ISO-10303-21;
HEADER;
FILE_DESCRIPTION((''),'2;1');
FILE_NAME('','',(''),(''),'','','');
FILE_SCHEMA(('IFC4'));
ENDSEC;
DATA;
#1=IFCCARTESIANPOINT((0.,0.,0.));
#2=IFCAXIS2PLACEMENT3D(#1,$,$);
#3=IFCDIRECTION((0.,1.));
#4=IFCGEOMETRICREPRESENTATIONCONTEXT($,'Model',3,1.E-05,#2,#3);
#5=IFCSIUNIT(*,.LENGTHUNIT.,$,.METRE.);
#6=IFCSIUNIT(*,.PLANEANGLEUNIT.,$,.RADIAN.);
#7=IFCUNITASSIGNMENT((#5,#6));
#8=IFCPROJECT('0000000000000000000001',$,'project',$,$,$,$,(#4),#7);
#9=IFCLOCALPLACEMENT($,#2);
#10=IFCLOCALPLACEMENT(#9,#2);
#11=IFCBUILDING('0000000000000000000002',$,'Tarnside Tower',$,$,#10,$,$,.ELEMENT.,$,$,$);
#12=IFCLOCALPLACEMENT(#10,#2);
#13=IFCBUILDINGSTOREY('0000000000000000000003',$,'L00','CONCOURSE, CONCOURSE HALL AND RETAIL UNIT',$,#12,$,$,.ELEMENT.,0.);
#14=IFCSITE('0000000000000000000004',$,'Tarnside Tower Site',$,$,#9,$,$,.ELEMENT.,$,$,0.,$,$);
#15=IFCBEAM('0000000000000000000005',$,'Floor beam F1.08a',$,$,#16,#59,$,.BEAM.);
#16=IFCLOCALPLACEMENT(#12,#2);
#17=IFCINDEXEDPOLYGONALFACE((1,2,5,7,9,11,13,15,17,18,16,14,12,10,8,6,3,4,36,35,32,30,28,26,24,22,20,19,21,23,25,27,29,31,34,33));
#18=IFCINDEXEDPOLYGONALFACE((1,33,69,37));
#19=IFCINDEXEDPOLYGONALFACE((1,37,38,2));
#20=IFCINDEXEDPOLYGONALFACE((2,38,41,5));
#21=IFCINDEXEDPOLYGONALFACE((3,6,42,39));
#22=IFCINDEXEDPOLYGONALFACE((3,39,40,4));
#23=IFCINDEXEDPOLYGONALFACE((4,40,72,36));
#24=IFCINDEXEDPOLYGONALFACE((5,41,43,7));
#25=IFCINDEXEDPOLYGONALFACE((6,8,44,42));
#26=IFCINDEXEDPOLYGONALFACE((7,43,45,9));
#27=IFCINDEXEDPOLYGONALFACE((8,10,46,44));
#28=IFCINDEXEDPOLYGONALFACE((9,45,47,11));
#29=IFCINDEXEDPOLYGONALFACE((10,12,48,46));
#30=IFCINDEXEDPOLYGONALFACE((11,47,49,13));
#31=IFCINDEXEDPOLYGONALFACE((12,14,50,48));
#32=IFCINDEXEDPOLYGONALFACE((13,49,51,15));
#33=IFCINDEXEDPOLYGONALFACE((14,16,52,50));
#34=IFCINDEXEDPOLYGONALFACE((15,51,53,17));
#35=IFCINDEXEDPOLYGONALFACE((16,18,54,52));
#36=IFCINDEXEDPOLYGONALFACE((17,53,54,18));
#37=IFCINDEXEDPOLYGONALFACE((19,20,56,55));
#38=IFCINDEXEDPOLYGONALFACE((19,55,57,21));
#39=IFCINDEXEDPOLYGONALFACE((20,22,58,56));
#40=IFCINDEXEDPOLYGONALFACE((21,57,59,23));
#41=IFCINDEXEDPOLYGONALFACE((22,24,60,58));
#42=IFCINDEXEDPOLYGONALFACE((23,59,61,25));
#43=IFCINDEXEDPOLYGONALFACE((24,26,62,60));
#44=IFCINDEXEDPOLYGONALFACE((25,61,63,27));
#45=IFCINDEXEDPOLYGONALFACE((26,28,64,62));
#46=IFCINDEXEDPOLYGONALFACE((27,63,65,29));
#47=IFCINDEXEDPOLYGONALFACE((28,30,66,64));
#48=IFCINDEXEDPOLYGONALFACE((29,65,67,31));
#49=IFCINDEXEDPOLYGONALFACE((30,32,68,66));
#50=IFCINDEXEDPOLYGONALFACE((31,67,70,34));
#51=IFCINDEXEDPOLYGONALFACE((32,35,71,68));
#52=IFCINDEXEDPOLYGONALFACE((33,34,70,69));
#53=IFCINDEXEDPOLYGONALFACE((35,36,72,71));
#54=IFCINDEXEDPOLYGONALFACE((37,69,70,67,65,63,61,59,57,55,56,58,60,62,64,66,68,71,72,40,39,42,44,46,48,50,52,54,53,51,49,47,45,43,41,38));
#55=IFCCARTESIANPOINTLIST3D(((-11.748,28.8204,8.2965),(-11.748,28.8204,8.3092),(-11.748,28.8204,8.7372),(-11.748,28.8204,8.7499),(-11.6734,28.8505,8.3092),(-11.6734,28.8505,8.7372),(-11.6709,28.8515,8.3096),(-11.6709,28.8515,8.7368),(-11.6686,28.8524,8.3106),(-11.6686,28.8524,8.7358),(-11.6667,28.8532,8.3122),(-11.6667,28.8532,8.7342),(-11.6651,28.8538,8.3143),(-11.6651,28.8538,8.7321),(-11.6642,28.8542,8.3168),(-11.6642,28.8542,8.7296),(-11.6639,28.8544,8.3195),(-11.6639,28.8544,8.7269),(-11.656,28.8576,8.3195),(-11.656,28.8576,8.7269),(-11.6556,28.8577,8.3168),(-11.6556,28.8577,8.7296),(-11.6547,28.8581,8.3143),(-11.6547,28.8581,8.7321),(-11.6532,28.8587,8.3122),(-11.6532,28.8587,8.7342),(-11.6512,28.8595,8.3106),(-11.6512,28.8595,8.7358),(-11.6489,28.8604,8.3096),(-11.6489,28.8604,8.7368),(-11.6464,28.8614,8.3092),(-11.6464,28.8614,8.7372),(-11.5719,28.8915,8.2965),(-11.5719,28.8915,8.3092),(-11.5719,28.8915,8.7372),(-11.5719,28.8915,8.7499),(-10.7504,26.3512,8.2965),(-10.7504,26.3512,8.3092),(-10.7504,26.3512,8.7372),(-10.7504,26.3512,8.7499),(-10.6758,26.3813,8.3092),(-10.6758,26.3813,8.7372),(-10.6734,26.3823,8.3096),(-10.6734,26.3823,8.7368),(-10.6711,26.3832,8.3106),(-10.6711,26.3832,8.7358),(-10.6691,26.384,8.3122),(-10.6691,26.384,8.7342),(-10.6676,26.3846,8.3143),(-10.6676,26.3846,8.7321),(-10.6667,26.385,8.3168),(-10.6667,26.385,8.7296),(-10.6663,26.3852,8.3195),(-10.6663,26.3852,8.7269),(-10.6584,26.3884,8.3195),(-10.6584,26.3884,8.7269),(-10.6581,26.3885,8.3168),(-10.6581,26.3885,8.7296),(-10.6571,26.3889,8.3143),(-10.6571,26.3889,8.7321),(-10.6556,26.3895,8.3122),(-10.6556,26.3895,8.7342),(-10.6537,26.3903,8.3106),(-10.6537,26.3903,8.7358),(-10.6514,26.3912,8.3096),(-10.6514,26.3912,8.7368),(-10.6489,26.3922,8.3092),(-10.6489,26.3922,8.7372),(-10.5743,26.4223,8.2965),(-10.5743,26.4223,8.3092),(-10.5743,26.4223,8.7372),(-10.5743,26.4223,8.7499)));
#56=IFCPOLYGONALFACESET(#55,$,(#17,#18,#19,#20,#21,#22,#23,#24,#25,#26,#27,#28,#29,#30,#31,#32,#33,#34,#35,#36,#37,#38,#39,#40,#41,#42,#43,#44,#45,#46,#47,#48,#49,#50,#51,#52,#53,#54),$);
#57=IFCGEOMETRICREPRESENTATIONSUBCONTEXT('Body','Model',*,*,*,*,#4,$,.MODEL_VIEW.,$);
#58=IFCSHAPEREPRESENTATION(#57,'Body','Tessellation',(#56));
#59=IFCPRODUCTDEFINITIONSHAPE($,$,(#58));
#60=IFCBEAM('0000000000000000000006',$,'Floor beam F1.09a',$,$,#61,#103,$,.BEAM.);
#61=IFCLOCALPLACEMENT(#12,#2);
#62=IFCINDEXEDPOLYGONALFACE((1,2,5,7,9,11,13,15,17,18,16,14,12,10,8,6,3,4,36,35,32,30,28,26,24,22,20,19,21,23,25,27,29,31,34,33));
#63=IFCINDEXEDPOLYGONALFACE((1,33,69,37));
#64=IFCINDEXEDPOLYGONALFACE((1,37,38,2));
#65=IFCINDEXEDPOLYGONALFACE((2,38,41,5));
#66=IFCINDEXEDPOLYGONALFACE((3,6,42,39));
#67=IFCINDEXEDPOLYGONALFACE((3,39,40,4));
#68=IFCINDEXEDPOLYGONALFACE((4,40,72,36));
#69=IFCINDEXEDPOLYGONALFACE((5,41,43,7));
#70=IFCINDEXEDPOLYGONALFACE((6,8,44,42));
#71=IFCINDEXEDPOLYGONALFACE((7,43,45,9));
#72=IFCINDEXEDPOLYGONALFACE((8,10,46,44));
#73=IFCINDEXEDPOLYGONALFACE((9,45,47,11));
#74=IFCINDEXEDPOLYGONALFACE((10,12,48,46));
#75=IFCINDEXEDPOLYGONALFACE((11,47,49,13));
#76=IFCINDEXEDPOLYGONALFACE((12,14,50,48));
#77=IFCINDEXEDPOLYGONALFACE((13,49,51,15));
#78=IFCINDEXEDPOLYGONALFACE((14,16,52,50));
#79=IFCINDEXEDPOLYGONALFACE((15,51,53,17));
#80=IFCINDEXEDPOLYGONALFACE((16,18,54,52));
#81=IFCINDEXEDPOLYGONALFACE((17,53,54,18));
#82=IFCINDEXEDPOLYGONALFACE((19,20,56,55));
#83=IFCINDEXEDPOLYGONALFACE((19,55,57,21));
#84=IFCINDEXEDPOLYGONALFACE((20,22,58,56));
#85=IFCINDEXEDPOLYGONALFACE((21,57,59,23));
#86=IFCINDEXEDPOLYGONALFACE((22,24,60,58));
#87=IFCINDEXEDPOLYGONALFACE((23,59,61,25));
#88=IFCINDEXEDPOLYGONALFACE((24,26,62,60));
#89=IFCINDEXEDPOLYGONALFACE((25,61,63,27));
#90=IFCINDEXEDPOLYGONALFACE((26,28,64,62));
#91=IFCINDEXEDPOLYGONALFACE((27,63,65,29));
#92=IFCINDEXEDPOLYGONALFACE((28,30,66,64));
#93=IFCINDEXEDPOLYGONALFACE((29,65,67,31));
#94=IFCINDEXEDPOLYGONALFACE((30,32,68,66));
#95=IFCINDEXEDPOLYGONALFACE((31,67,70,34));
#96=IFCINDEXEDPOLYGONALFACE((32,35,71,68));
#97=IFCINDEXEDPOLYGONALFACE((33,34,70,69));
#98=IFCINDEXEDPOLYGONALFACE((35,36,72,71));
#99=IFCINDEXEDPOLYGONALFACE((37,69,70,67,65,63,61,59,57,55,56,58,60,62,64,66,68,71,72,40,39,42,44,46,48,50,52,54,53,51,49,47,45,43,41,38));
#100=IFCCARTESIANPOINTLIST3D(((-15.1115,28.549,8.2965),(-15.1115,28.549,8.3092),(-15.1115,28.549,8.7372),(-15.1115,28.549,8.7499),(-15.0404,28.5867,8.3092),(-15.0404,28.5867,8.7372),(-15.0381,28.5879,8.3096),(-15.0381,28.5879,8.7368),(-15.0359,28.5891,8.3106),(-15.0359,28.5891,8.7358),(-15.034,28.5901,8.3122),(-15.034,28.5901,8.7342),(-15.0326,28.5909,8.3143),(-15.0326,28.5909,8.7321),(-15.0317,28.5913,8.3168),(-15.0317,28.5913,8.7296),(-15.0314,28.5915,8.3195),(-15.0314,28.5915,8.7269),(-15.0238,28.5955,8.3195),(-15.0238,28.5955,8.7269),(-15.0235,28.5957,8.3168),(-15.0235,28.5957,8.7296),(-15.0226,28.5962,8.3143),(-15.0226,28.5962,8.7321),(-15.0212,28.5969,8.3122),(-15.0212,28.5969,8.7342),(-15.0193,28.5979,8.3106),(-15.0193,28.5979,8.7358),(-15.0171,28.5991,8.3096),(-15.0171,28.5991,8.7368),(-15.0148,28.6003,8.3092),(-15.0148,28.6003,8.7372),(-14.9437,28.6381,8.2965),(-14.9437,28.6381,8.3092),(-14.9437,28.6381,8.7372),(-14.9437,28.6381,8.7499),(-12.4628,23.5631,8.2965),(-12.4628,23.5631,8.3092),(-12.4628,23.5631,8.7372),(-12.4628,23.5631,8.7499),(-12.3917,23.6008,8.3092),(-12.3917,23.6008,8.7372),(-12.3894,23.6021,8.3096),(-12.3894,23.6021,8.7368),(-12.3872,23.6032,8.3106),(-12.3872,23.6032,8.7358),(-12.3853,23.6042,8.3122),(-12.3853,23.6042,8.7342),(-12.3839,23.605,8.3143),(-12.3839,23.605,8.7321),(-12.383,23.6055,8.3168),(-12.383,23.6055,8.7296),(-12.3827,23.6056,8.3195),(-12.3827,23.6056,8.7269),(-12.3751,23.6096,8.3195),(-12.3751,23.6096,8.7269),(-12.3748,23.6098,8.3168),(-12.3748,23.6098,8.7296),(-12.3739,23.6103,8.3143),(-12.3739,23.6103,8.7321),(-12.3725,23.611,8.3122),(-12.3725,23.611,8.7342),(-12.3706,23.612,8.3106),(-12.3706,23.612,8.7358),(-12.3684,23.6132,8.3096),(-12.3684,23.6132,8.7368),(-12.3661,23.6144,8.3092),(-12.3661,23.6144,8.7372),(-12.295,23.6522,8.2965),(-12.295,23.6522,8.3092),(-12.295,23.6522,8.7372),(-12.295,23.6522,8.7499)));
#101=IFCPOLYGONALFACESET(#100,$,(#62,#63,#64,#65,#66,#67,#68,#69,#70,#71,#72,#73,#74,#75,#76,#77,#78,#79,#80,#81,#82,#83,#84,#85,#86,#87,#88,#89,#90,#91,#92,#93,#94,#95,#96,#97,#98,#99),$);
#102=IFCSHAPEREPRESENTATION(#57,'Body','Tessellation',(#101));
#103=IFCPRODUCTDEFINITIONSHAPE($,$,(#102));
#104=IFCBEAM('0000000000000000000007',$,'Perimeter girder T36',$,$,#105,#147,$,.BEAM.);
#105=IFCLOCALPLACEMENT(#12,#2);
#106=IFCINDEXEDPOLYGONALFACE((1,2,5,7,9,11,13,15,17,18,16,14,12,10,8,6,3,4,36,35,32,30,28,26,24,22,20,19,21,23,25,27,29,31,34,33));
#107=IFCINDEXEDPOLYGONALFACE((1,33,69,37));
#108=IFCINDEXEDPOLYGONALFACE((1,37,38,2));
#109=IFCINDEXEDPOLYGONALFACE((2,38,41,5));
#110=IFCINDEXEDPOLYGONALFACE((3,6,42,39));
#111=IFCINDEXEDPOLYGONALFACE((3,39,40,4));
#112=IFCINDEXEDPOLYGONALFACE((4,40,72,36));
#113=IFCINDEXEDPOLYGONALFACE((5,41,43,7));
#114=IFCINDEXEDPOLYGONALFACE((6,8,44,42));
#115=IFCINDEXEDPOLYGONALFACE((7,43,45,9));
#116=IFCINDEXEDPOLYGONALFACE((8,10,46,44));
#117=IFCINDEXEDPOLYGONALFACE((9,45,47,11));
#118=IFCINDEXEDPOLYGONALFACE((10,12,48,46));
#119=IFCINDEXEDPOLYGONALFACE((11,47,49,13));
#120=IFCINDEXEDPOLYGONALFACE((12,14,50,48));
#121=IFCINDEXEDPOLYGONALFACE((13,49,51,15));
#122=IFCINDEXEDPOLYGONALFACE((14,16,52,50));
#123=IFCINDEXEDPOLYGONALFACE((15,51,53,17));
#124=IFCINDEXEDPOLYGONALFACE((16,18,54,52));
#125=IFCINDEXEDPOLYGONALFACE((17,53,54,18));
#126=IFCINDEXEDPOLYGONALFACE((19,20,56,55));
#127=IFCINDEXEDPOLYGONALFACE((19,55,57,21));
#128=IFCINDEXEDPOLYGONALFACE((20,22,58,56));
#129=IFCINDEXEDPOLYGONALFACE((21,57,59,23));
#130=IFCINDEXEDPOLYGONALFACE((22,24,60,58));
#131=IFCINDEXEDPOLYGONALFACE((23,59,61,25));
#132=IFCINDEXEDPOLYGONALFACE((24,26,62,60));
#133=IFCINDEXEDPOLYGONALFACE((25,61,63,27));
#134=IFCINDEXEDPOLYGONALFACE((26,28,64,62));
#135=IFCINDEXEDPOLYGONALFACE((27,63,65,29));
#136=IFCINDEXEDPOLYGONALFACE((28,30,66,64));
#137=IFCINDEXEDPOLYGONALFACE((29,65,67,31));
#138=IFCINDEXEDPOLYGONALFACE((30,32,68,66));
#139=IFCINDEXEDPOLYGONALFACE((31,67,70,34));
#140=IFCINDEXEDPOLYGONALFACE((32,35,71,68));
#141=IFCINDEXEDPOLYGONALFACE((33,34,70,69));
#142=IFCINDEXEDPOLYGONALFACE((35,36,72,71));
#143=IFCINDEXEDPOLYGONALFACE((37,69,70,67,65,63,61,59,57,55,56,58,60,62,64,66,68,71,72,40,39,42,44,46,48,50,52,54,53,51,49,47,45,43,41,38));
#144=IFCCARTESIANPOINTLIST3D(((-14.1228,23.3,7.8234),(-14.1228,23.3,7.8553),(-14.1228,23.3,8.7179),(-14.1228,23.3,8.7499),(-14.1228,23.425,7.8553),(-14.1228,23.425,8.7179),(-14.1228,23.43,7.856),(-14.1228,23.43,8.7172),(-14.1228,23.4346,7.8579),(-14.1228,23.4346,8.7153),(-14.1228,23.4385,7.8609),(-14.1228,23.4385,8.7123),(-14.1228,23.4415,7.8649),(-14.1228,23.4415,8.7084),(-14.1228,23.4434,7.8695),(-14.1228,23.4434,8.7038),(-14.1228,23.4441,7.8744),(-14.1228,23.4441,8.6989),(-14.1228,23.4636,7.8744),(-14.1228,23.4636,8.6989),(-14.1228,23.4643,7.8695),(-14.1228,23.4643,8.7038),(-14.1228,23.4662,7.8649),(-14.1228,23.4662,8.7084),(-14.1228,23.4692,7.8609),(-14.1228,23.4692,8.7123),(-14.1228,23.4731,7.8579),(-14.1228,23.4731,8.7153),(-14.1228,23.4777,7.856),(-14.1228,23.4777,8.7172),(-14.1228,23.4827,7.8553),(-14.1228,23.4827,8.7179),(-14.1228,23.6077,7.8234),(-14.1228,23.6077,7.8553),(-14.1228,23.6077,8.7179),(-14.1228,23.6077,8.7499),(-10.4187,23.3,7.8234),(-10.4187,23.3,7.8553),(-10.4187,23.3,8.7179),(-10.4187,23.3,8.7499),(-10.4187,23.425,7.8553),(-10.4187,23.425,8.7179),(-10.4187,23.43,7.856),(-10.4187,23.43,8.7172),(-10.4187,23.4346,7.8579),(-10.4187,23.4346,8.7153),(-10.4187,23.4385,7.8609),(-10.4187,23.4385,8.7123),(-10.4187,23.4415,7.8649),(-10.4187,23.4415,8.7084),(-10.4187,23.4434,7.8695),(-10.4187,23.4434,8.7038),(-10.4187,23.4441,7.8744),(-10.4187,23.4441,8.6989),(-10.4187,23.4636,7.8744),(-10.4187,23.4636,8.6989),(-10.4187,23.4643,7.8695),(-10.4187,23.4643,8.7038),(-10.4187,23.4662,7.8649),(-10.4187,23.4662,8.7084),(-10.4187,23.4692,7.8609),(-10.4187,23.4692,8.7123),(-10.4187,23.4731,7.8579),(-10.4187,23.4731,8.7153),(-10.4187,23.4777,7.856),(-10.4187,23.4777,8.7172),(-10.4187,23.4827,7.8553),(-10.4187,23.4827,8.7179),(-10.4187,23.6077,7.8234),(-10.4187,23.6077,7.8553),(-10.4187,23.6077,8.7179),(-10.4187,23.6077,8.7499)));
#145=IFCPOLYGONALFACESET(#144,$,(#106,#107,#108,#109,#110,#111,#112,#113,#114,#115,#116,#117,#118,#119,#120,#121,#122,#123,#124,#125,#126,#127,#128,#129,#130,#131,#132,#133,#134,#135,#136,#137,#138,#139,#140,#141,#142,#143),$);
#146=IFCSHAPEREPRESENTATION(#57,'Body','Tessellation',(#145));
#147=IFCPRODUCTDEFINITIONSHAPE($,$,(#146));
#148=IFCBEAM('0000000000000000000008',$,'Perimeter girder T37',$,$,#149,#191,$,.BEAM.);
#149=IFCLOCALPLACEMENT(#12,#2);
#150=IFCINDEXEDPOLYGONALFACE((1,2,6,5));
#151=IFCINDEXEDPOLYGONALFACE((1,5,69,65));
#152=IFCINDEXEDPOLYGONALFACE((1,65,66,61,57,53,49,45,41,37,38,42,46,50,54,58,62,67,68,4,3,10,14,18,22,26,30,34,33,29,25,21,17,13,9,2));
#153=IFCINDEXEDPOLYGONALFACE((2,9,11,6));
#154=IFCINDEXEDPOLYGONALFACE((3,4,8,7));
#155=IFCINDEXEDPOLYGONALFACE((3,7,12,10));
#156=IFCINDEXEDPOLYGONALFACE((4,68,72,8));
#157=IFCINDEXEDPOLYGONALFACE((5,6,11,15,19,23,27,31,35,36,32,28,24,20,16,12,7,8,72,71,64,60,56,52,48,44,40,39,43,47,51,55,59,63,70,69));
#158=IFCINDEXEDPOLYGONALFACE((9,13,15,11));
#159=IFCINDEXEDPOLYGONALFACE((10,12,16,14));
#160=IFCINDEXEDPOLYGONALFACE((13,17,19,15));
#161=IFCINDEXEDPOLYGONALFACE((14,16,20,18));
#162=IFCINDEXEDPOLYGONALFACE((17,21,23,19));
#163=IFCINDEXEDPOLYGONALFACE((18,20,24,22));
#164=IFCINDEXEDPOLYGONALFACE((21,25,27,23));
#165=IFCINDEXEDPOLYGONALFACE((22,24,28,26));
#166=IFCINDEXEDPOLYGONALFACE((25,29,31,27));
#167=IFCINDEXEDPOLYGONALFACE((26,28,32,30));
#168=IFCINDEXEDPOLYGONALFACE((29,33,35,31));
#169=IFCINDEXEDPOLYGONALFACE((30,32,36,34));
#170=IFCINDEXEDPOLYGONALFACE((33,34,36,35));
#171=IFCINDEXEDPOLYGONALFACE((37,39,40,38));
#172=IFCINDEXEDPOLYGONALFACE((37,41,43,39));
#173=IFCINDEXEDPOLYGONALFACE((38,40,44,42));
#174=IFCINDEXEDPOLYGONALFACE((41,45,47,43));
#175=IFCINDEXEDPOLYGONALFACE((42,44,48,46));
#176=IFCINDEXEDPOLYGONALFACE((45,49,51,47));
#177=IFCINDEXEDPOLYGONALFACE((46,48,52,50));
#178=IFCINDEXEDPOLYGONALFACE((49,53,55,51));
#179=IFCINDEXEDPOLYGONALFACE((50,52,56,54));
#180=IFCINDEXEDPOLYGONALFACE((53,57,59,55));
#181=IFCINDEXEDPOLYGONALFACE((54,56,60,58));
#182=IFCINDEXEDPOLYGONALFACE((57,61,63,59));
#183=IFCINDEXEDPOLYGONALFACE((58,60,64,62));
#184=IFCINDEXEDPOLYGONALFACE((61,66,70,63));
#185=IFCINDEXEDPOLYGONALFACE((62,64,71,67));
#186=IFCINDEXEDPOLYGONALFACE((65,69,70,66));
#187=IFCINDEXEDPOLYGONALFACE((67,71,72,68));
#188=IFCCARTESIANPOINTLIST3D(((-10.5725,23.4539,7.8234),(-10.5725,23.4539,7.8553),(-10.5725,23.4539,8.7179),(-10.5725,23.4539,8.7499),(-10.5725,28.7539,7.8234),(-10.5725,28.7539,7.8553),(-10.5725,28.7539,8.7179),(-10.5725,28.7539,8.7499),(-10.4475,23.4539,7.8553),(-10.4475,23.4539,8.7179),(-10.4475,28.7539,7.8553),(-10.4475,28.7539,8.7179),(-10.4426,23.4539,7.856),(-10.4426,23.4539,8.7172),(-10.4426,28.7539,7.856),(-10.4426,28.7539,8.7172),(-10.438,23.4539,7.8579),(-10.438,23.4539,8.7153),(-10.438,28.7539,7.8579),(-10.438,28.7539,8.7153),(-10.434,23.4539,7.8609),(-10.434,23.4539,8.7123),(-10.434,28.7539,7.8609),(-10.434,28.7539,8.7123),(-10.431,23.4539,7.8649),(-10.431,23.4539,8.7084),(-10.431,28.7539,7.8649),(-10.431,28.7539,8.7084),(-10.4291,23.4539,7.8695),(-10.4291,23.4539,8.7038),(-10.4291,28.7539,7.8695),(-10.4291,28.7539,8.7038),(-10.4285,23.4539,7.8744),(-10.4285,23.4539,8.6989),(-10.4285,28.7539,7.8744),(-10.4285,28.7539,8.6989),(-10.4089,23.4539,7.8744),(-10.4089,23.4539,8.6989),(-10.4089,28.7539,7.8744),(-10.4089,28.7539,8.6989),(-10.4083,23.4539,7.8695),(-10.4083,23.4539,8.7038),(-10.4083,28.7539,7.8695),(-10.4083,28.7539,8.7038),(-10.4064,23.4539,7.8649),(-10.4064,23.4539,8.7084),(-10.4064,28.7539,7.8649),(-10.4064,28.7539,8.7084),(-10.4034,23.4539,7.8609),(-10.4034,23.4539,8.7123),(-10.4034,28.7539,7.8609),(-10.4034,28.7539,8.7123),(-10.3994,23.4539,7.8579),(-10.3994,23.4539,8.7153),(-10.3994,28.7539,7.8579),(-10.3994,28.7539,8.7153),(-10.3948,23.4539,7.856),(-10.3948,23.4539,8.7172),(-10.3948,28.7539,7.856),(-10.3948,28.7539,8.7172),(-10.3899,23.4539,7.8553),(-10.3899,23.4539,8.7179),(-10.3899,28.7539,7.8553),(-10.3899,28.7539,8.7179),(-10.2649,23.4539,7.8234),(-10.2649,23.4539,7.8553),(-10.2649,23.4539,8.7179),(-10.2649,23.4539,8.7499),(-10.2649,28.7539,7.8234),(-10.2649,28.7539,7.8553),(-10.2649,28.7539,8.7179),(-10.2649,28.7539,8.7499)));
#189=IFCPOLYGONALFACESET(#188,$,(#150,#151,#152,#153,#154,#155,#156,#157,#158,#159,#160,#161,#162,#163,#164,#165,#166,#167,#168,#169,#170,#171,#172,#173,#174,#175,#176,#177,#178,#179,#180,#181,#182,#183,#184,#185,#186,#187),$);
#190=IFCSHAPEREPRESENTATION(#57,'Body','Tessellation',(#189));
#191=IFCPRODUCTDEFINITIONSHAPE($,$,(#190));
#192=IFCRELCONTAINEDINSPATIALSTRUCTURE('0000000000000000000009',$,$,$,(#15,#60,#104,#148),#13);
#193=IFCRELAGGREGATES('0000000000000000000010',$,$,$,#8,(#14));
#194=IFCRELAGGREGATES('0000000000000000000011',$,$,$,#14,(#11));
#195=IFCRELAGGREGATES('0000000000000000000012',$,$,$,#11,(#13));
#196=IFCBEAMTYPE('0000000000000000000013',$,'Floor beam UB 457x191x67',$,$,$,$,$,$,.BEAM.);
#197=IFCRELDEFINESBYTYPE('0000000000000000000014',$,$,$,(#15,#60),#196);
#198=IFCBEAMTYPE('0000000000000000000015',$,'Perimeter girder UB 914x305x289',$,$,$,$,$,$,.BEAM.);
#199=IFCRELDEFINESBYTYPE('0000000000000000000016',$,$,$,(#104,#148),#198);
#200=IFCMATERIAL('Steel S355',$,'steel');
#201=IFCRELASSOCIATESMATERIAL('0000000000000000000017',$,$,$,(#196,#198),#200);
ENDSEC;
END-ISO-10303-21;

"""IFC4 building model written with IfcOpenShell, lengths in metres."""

from ifc_helpers import new_model, si_unit, direction, frame, origin, origin_2d, place, context, subcontext, project, spatial, i_section, extrude, material, material_profile, profile_set, type_object, element, save


model = new_model("IFC4")

# Units and contexts
model_context = context("Model", 3, precision=1e-05, world=origin(), true_north=direction((0.0, 1.0)))
body_context = subcontext(model_context, "Body", "Model", "MODEL_VIEW")
ifc_project = project(units=[si_unit("LENGTHUNIT", "METRE"), si_unit("PLANEANGLEUNIT", "RADIAN")], contexts=[model_context])

# Site, building, storey
site_placement = place(None, origin())
site = spatial("IfcSite", under=ifc_project, at=site_placement, Name="Tarnside Tower Site", CompositionType="ELEMENT", RefElevation=0.0)
building_placement = place(site_placement, origin())
building = spatial("IfcBuilding", under=site, at=building_placement, Name="Tarnside Tower", CompositionType="ELEMENT")
storey_placement = place(building_placement, origin())
storey = spatial("IfcBuildingStorey", under=building, at=storey_placement, Name="L00", Description="CONCOURSE, CONCOURSE HALL AND RETAIL UNIT", CompositionType="ELEMENT", Elevation=0.0)

# Beams
ifc_material_1 = material(Name="Steel S355", Category="steel")
ifc_material_profile_1 = material_profile(ifc_material_1, i_section(OverallWidth=0.1899, OverallDepth=0.4534, WebThickness=0.0085, FlangeThickness=0.0127, FilletRadius=0.0103, at=origin_2d()), Name="UB 457x191x67")
ifc_profile_set_1 = profile_set([ifc_material_profile_1], Name="Steel S355")
beam_type_1 = type_object("IfcBeamType", Name="Floor beam UB 457x191x67", PredefinedType="BEAM", material=ifc_profile_set_1)
beam_1_placement = place(storey_placement, frame((-11.6599, 28.856, 8.5232), z_axis=(0.374581, -0.927194, 0.0), x_axis=(0.927194, 0.374581, 0.0)))
element("IfcBeam", 1, at=beam_1_placement, inside=storey, type_object=beam_type_1, Name="Floor beam F1.08a", PredefinedType="BEAM", context=body_context, shape_type="SweptSolid", body=[
    extrude(i_section(OverallWidth=0.1899, OverallDepth=0.4534, WebThickness=0.0085, FlangeThickness=0.0127, FilletRadius=0.0103, at=origin_2d()), origin(), (0.0, 0.0, 1.0), 2.6631),
])
beam_2_placement = place(storey_placement, frame((-15.0276, 28.5935, 8.5232), z_axis=(0.469149, -0.883119, 0.0), x_axis=(0.883119, 0.469149, 0.0)))
element("IfcBeam", 2, at=beam_2_placement, inside=storey, type_object=beam_type_1, Name="Floor beam F1.09a", PredefinedType="BEAM", context=body_context, shape_type="SweptSolid", body=[
    extrude(i_section(OverallWidth=0.1899, OverallDepth=0.4534, WebThickness=0.0085, FlangeThickness=0.0127, FilletRadius=0.0103, at=origin_2d()), origin(), (0.0, 0.0, 1.0), 5.6458),
])
ifc_material_profile_2 = material_profile(ifc_material_1, i_section(OverallWidth=0.3076, OverallDepth=0.9265, WebThickness=0.0195, FlangeThickness=0.032, FilletRadius=0.019, at=origin_2d()), Name="UB 914x305x289")
ifc_profile_set_2 = profile_set([ifc_material_profile_2], Name="Steel S355")
beam_type_2 = type_object("IfcBeamType", Name="Perimeter girder UB 914x305x289", PredefinedType="BEAM", material=ifc_profile_set_2)
beam_3_placement = place(storey_placement, frame((-14.1228, 23.4539, 8.2866), z_axis=(1.0, 0.0, 0.0), x_axis=(0.0, 1.0, 0.0)))
element("IfcBeam", 3, at=beam_3_placement, inside=storey, type_object=beam_type_2, Name="Perimeter girder T36", PredefinedType="BEAM", context=body_context, shape_type="SweptSolid", body=[
    extrude(i_section(OverallWidth=0.3076, OverallDepth=0.9265, WebThickness=0.0195, FlangeThickness=0.032, FilletRadius=0.019, at=origin_2d()), origin(), (0.0, 0.0, 1.0), 3.7041),
])
beam_4_placement = place(storey_placement, frame((-10.4187, 23.4539, 8.2866), z_axis=(0.0, 1.0, 0.0), x_axis=(-1.0, 0.0, 0.0)))
element("IfcBeam", 4, at=beam_4_placement, inside=storey, type_object=beam_type_2, Name="Perimeter girder T37", PredefinedType="BEAM", context=body_context, shape_type="SweptSolid", body=[
    extrude(i_section(OverallWidth=0.3076, OverallDepth=0.9265, WebThickness=0.0195, FlangeThickness=0.032, FilletRadius=0.019, at=origin_2d()), origin(), (0.0, 0.0, 1.0), 5.3),
])

save(model, "model.ifc")
